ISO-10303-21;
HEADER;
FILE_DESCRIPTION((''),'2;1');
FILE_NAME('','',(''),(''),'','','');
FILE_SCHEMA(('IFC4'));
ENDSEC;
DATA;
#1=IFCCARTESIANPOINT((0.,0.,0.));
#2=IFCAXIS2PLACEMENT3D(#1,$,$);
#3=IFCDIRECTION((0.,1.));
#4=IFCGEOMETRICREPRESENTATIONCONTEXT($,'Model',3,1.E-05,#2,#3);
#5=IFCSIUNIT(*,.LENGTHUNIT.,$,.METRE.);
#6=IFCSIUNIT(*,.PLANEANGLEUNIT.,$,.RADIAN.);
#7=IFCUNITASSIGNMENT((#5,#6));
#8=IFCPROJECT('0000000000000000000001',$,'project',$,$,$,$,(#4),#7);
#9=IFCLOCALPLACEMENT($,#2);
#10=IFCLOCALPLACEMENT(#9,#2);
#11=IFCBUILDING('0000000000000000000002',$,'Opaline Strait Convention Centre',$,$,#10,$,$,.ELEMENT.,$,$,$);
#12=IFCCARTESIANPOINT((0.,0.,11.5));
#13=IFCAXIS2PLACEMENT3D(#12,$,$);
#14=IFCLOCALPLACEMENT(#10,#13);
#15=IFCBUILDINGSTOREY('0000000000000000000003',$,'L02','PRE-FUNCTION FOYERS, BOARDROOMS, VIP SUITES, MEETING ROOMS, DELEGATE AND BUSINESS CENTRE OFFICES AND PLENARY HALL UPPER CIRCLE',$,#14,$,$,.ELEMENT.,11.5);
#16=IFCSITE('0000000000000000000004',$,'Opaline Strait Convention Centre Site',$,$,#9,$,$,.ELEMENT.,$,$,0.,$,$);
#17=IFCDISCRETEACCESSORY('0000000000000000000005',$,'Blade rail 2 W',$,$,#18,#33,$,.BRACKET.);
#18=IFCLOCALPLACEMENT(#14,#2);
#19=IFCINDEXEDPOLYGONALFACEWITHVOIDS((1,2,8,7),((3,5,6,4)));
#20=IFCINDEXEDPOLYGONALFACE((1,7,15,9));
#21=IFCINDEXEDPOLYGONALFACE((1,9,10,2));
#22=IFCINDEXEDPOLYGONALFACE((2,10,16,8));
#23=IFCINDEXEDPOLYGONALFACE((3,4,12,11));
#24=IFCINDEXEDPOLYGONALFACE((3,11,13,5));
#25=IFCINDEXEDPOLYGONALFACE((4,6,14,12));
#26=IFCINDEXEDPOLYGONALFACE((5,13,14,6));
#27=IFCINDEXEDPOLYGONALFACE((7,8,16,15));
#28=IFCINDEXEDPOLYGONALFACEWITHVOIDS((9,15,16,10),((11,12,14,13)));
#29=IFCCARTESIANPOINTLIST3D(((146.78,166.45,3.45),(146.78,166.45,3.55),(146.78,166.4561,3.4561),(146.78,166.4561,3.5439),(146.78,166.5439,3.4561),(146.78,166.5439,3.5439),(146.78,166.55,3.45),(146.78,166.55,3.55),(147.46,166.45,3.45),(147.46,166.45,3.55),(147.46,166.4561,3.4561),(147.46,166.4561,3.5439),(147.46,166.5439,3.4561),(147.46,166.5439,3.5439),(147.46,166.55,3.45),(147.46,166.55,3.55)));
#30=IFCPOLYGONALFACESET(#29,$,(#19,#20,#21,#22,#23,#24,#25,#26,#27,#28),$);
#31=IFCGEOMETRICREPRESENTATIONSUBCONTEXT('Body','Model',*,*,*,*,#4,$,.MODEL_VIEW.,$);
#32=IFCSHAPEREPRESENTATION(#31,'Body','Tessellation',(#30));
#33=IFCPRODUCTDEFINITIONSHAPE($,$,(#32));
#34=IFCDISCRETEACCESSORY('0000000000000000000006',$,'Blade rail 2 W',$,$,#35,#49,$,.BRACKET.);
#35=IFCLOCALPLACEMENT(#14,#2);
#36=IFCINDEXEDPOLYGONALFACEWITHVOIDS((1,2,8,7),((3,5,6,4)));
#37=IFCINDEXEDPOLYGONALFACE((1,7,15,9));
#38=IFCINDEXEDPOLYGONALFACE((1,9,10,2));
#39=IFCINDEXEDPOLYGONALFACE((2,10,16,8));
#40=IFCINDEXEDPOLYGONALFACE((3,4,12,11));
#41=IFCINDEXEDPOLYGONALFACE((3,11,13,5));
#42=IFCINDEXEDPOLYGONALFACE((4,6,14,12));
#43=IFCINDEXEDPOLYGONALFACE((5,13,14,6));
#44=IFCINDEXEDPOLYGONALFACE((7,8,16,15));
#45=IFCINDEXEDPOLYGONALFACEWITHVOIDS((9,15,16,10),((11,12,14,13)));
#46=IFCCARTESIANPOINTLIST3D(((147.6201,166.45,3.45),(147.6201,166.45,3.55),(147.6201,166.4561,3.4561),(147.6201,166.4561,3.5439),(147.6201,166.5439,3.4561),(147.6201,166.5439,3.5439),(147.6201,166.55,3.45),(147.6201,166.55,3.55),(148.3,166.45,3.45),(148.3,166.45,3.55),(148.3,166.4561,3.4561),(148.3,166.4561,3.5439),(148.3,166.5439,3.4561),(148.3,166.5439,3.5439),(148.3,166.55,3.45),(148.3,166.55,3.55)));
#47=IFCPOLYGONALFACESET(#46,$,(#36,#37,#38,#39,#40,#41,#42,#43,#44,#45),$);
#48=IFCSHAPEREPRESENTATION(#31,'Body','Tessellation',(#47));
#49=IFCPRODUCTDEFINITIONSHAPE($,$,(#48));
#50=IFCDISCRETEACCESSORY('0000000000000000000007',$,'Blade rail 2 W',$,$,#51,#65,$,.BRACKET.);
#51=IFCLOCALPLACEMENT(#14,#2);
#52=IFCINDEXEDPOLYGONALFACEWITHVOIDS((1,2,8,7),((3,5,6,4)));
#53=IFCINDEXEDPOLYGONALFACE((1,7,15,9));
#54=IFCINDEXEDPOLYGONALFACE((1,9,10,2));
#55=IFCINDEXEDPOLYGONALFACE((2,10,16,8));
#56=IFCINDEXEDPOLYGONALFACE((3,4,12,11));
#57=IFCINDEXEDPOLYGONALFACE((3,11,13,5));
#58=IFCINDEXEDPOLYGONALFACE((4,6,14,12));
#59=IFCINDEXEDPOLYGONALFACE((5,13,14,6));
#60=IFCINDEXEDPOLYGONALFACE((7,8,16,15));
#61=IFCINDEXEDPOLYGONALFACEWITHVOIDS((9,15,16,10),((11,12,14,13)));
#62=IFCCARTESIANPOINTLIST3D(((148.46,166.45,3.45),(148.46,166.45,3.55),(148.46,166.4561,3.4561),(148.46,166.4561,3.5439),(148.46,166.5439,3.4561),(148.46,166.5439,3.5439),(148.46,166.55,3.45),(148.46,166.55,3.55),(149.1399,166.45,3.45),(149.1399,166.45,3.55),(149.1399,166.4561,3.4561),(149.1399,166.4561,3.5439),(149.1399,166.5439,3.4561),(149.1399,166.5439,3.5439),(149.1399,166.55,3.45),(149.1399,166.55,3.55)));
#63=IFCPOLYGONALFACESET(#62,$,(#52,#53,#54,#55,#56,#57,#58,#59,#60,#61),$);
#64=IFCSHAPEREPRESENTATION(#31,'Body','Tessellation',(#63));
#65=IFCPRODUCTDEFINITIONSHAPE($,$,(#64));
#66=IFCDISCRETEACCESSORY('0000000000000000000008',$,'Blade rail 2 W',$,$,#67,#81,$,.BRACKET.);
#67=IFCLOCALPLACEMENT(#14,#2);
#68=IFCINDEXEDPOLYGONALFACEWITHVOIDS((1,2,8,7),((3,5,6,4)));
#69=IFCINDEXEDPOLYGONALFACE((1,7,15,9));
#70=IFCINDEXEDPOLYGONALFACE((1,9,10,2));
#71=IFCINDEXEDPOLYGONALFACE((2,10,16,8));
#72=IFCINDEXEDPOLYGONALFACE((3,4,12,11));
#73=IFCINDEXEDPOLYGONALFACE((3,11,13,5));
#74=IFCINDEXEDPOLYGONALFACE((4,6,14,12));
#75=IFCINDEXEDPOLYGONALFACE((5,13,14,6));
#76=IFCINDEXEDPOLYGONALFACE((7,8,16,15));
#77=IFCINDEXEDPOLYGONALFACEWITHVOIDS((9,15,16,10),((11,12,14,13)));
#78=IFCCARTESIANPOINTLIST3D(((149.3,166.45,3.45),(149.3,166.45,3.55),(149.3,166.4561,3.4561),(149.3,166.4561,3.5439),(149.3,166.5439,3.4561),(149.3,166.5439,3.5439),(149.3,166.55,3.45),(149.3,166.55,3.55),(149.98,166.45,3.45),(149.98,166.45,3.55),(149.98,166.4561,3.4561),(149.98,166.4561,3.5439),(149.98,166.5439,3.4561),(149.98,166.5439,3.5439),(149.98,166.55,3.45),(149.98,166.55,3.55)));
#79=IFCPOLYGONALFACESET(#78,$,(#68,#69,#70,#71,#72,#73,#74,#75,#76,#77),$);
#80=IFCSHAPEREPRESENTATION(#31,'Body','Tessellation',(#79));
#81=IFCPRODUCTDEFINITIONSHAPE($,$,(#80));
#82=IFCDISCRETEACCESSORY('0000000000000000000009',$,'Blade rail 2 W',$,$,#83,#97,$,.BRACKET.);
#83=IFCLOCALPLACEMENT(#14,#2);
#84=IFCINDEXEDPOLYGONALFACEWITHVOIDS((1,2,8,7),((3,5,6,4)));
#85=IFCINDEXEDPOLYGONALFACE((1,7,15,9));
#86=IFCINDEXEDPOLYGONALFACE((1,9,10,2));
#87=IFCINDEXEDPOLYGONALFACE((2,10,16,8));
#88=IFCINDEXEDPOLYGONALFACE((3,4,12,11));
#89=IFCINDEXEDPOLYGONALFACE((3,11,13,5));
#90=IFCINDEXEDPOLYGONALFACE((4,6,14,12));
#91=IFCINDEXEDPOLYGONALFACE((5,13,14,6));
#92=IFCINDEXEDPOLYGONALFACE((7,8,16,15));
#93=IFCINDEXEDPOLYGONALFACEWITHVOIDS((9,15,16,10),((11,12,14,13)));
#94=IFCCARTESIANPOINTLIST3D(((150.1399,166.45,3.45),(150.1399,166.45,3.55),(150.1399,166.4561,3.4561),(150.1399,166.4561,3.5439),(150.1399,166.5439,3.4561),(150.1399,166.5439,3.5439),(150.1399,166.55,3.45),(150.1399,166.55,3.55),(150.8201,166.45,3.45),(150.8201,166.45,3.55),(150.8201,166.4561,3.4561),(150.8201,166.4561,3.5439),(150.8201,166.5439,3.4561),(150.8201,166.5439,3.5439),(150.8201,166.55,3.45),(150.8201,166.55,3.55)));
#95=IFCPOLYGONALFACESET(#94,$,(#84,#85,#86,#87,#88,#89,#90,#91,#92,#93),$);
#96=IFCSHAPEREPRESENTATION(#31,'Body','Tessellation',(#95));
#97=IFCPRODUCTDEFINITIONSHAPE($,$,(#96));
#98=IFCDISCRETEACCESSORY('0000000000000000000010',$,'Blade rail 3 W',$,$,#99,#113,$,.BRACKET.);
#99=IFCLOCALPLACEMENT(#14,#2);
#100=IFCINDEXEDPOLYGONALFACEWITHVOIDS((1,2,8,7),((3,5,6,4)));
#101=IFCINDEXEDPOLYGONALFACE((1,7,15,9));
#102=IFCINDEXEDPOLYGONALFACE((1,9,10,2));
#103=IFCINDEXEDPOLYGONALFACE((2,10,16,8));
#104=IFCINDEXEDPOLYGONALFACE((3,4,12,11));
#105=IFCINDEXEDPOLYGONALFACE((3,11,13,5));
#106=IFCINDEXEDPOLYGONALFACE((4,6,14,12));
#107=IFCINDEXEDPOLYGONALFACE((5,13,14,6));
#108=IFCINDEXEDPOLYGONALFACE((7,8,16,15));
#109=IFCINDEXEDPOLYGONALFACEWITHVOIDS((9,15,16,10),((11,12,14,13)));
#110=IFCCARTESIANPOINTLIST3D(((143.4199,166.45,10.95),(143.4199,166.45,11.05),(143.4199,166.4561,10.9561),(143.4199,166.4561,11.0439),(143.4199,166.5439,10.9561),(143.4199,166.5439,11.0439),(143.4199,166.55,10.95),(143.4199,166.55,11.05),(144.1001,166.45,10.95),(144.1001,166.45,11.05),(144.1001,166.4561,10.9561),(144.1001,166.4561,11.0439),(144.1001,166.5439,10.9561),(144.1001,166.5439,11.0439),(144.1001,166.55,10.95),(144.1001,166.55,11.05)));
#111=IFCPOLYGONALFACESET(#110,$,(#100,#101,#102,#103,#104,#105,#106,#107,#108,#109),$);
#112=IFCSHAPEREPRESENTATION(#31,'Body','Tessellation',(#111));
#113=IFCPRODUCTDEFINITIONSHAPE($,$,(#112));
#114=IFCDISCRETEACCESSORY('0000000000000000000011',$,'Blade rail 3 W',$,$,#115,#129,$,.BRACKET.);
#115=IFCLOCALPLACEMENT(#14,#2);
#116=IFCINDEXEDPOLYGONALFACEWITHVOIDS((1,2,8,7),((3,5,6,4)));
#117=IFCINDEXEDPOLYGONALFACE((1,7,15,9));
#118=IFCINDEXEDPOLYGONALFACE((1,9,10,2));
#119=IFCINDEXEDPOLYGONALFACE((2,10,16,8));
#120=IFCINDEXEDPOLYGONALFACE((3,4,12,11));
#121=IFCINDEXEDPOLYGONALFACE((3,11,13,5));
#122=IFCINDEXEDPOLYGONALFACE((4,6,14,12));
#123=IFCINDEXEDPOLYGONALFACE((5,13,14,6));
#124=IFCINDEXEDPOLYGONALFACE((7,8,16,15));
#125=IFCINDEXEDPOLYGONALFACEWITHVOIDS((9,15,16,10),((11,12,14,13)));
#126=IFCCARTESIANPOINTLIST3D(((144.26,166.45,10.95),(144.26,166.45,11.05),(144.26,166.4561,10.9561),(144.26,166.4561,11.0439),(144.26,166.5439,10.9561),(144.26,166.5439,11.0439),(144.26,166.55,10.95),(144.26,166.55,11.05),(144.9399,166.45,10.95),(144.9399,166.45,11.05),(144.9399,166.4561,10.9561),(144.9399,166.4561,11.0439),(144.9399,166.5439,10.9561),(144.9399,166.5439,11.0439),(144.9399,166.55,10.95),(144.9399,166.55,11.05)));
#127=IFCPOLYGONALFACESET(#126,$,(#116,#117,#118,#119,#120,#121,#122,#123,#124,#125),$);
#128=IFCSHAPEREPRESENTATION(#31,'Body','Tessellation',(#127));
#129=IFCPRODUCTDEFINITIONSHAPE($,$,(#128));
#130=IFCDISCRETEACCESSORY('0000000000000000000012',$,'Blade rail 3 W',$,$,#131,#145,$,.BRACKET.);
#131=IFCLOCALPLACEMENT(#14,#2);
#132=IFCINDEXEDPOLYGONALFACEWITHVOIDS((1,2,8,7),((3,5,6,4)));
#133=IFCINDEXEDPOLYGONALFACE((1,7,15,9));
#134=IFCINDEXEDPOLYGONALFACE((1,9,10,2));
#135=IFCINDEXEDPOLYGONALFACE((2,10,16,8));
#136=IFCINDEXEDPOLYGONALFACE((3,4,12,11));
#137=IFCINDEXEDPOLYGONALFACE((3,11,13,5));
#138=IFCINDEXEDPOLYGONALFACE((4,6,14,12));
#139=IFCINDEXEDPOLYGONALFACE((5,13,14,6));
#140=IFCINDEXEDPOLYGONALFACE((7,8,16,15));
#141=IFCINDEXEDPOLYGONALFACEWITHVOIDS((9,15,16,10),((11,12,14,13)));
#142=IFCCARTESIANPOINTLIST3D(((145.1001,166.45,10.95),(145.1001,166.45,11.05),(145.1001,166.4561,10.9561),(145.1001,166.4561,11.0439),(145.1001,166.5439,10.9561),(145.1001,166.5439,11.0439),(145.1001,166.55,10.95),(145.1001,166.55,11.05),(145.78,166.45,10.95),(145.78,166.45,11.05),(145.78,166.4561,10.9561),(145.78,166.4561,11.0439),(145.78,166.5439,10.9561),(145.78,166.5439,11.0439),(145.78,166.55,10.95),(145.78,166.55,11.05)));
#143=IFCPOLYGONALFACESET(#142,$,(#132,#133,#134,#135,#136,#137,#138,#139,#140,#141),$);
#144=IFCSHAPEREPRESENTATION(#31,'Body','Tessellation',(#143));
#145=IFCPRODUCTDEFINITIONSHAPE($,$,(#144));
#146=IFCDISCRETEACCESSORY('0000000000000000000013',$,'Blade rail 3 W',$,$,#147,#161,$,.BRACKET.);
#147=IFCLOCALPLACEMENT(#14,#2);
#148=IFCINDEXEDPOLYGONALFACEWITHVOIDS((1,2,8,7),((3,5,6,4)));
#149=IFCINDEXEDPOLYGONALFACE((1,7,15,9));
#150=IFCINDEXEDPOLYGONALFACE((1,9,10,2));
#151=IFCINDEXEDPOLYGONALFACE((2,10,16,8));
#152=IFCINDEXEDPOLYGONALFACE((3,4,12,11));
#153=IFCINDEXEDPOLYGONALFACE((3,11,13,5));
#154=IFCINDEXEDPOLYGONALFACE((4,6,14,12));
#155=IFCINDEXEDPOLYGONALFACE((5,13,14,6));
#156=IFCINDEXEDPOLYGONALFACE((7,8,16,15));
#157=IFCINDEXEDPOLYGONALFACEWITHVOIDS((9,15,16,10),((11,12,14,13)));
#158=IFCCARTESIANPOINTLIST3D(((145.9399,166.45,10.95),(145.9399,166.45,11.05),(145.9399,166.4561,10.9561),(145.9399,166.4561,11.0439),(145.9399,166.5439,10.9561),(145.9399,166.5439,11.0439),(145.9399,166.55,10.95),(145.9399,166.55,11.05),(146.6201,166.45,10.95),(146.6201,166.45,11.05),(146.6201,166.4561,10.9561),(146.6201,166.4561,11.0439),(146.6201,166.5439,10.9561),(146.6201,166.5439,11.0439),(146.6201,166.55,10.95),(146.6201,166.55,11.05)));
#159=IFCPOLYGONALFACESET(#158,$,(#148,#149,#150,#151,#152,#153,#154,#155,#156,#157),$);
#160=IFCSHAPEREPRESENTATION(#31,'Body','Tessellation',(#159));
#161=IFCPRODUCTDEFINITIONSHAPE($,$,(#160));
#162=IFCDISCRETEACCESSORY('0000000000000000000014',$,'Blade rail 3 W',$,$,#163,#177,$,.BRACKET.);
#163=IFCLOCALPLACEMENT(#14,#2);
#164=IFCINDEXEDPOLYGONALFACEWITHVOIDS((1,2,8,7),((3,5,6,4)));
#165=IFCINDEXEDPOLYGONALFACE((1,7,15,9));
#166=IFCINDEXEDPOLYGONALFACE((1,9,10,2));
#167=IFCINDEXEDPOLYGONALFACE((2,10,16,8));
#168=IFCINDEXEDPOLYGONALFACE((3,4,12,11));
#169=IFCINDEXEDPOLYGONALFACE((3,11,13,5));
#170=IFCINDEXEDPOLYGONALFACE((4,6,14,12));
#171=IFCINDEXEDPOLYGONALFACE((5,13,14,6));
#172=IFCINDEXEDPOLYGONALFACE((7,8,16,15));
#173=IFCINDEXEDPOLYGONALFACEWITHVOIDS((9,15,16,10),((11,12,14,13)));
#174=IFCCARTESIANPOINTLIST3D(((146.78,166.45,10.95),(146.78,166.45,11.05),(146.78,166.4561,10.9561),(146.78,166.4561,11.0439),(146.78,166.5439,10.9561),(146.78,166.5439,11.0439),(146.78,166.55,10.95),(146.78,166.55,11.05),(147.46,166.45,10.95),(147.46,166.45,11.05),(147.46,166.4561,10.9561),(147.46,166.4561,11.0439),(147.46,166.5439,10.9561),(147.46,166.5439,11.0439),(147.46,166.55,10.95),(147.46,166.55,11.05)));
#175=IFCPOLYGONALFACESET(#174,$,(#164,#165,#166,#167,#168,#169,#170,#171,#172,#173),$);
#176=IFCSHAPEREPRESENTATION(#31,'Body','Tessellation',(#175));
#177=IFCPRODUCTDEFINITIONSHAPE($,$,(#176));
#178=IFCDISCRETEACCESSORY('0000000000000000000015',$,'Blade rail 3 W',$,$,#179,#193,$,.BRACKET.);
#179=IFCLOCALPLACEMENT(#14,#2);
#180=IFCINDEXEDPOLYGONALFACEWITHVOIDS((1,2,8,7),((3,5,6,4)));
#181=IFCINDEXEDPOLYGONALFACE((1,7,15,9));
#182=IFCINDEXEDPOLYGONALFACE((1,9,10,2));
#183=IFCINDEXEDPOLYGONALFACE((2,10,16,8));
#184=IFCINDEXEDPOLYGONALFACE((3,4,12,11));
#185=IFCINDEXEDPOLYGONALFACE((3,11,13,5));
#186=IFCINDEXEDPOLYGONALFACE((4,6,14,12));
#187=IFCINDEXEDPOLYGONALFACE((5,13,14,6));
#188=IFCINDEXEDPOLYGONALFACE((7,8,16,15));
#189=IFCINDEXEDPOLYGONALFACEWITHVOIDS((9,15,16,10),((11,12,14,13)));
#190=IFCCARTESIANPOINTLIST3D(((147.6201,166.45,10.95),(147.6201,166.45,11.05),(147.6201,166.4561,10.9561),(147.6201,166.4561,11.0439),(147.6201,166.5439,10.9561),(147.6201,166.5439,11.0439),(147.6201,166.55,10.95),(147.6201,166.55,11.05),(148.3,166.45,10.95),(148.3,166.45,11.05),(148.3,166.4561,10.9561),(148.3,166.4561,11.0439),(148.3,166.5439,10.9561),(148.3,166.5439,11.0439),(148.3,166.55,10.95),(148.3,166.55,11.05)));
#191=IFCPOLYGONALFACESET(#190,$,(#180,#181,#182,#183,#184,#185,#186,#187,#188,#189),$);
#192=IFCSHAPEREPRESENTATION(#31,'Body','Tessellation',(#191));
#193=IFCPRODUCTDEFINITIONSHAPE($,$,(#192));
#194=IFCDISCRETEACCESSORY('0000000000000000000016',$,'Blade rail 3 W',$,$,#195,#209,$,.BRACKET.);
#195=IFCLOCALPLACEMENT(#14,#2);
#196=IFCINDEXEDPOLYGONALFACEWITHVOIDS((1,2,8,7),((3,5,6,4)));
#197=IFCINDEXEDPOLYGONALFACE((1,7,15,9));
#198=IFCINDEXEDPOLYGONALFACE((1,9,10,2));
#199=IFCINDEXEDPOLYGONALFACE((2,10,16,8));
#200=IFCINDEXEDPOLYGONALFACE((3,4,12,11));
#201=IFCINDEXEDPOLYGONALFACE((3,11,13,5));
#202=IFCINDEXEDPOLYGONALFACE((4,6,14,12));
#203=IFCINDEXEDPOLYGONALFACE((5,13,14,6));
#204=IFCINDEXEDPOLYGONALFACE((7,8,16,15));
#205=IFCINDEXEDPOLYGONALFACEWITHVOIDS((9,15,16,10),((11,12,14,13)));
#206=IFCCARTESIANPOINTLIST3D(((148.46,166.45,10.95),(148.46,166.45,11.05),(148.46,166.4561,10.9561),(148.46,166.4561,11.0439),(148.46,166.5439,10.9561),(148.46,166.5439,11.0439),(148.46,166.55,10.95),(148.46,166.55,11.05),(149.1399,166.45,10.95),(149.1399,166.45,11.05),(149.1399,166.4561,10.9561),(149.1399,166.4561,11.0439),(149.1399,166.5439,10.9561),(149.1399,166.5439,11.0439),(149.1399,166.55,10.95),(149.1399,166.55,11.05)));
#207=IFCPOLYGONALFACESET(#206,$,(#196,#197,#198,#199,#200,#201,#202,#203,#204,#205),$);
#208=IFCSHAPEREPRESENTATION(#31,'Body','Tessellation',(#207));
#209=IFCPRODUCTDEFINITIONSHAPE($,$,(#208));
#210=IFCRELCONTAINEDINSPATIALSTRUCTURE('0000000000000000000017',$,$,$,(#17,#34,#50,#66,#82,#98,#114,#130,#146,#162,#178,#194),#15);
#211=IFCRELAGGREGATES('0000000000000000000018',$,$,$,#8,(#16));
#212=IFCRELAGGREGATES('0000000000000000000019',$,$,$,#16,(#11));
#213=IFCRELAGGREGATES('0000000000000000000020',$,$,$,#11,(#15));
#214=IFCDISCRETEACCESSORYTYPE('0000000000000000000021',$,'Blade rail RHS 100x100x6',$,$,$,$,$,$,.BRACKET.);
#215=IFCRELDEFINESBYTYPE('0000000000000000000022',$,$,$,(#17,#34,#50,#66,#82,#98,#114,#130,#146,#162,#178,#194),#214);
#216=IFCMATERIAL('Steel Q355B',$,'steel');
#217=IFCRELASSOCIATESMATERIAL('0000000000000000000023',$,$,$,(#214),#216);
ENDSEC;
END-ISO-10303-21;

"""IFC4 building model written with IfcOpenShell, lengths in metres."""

from ifc_helpers import new_model, si_unit, direction, frame, origin, origin_2d, place, context, subcontext, project, spatial, hollow_rectangle, extrude, material, material_profile, profile_set, type_object, element, save


model = new_model("IFC4")

# Units and contexts
model_context = context("Model", 3, precision=1e-05, world=origin(), true_north=direction((0.0, 1.0)))
body_context = subcontext(model_context, "Body", "Model", "MODEL_VIEW")
ifc_project = project(units=[si_unit("LENGTHUNIT", "METRE"), si_unit("PLANEANGLEUNIT", "RADIAN")], contexts=[model_context])

# Site, building, storey
site_placement = place(None, origin())
site = spatial("IfcSite", under=ifc_project, at=site_placement, Name="Opaline Strait Convention Centre Site", CompositionType="ELEMENT", RefElevation=0.0)
building_placement = place(site_placement, origin())
building = spatial("IfcBuilding", under=site, at=building_placement, Name="Opaline Strait Convention Centre", CompositionType="ELEMENT")
storey_placement = place(building_placement, frame((0.0, 0.0, 11.5)))
storey = spatial("IfcBuildingStorey", under=building, at=storey_placement, Name="L02", Description="PRE-FUNCTION FOYERS, BOARDROOMS, VIP SUITES, MEETING ROOMS, DELEGATE AND BUSINESS CENTRE OFFICES AND PLENARY HALL UPPER CIRCLE", CompositionType="ELEMENT", Elevation=11.5)

# Shared definitions
ifc_material_1 = material(Name="Steel Q355B", Category="steel")

# Discrete accessories
ifc_material_profile_1 = material_profile(ifc_material_1, hollow_rectangle(XDim=0.1001, YDim=0.1001, WallThickness=0.0061, at=origin_2d()), Name="RHS 100x100x6")
ifc_profile_set_1 = profile_set([ifc_material_profile_1], Name="Steel Q355B")
discrete_accessory_type = type_object("IfcDiscreteAccessoryType", Name="Blade rail RHS 100x100x6", PredefinedType="BRACKET", material=ifc_profile_set_1)
for number, where, z_axis, x_axis, name in (
    (1, (146.78, 166.5, 3.5), (1.0, 0.0, 0.0), (0.0, 1.0, 0.0), "Blade rail 2 W"),
    (2, (147.6201, 166.5, 3.5), (1.0, 0.0, 0.0), (0.0, 1.0, 0.0), "Blade rail 2 W"),
    (3, (148.46, 166.5, 3.5), (1.0, 0.0, 0.0), (0.0, 1.0, 0.0), "Blade rail 2 W"),
    (4, (149.3, 166.5, 3.5), (1.0, 0.0, 0.0), (0.0, 1.0, 0.0), "Blade rail 2 W"),
):
    element("IfcDiscreteAccessory", number, at=place(storey_placement, frame(where, z_axis=z_axis, x_axis=x_axis)), inside=storey, type_object=discrete_accessory_type, Name=name, PredefinedType="BRACKET", context=body_context, shape_type="SweptSolid", body=[
        extrude(hollow_rectangle(XDim=0.1001, YDim=0.1001, WallThickness=0.0061, at=origin_2d()), origin(), (0.0, 0.0, 1.0), 0.6799),
    ])
for number, where, z_axis, x_axis, name in (
    (5, (150.1399, 166.5, 3.5), (1.0, 0.0, 0.0), (0.0, 1.0, 0.0), "Blade rail 2 W"),
    (6, (143.4199, 166.5, 11.0), (1.0, 0.0, 0.0), (0.0, 1.0, 0.0), "Blade rail 3 W"),
):
    element("IfcDiscreteAccessory", number, at=place(storey_placement, frame(where, z_axis=z_axis, x_axis=x_axis)), inside=storey, type_object=discrete_accessory_type, Name=name, PredefinedType="BRACKET", context=body_context, shape_type="SweptSolid", body=[
        extrude(hollow_rectangle(XDim=0.1001, YDim=0.1001, WallThickness=0.0061, at=origin_2d()), origin(), (0.0, 0.0, 1.0), 0.6802),
    ])
for number, where, z_axis, x_axis, name in (
    (7, (144.26, 166.5, 11.0), (1.0, 0.0, 0.0), (0.0, 1.0, 0.0), "Blade rail 3 W"),
    (8, (145.1001, 166.5, 11.0), (1.0, 0.0, 0.0), (0.0, 1.0, 0.0), "Blade rail 3 W"),
):
    element("IfcDiscreteAccessory", number, at=place(storey_placement, frame(where, z_axis=z_axis, x_axis=x_axis)), inside=storey, type_object=discrete_accessory_type, Name=name, PredefinedType="BRACKET", context=body_context, shape_type="SweptSolid", body=[
        extrude(hollow_rectangle(XDim=0.1001, YDim=0.1001, WallThickness=0.0061, at=origin_2d()), origin(), (0.0, 0.0, 1.0), 0.6799),
    ])
discrete_accessory_1_placement = place(storey_placement, frame((145.9399, 166.5, 11.0), z_axis=(1.0, 0.0, 0.0), x_axis=(0.0, 1.0, 0.0)))
element("IfcDiscreteAccessory", 9, at=discrete_accessory_1_placement, inside=storey, type_object=discrete_accessory_type, Name="Blade rail 3 W", PredefinedType="BRACKET", context=body_context, shape_type="SweptSolid", body=[
    extrude(hollow_rectangle(XDim=0.1001, YDim=0.1001, WallThickness=0.0061, at=origin_2d()), origin(), (0.0, 0.0, 1.0), 0.6802),
])
for number, where, z_axis, x_axis, name in (
    (10, (146.78, 166.5, 11.0), (1.0, 0.0, 0.0), (0.0, 1.0, 0.0), "Blade rail 3 W"),
    (11, (147.6201, 166.5, 11.0), (1.0, 0.0, 0.0), (0.0, 1.0, 0.0), "Blade rail 3 W"),
    (12, (148.46, 166.5, 11.0), (1.0, 0.0, 0.0), (0.0, 1.0, 0.0), "Blade rail 3 W"),
):
    element("IfcDiscreteAccessory", number, at=place(storey_placement, frame(where, z_axis=z_axis, x_axis=x_axis)), inside=storey, type_object=discrete_accessory_type, Name=name, PredefinedType="BRACKET", context=body_context, shape_type="SweptSolid", body=[
        extrude(hollow_rectangle(XDim=0.1001, YDim=0.1001, WallThickness=0.0061, at=origin_2d()), origin(), (0.0, 0.0, 1.0), 0.6799),
    ])

save(model, "model.ifc")
